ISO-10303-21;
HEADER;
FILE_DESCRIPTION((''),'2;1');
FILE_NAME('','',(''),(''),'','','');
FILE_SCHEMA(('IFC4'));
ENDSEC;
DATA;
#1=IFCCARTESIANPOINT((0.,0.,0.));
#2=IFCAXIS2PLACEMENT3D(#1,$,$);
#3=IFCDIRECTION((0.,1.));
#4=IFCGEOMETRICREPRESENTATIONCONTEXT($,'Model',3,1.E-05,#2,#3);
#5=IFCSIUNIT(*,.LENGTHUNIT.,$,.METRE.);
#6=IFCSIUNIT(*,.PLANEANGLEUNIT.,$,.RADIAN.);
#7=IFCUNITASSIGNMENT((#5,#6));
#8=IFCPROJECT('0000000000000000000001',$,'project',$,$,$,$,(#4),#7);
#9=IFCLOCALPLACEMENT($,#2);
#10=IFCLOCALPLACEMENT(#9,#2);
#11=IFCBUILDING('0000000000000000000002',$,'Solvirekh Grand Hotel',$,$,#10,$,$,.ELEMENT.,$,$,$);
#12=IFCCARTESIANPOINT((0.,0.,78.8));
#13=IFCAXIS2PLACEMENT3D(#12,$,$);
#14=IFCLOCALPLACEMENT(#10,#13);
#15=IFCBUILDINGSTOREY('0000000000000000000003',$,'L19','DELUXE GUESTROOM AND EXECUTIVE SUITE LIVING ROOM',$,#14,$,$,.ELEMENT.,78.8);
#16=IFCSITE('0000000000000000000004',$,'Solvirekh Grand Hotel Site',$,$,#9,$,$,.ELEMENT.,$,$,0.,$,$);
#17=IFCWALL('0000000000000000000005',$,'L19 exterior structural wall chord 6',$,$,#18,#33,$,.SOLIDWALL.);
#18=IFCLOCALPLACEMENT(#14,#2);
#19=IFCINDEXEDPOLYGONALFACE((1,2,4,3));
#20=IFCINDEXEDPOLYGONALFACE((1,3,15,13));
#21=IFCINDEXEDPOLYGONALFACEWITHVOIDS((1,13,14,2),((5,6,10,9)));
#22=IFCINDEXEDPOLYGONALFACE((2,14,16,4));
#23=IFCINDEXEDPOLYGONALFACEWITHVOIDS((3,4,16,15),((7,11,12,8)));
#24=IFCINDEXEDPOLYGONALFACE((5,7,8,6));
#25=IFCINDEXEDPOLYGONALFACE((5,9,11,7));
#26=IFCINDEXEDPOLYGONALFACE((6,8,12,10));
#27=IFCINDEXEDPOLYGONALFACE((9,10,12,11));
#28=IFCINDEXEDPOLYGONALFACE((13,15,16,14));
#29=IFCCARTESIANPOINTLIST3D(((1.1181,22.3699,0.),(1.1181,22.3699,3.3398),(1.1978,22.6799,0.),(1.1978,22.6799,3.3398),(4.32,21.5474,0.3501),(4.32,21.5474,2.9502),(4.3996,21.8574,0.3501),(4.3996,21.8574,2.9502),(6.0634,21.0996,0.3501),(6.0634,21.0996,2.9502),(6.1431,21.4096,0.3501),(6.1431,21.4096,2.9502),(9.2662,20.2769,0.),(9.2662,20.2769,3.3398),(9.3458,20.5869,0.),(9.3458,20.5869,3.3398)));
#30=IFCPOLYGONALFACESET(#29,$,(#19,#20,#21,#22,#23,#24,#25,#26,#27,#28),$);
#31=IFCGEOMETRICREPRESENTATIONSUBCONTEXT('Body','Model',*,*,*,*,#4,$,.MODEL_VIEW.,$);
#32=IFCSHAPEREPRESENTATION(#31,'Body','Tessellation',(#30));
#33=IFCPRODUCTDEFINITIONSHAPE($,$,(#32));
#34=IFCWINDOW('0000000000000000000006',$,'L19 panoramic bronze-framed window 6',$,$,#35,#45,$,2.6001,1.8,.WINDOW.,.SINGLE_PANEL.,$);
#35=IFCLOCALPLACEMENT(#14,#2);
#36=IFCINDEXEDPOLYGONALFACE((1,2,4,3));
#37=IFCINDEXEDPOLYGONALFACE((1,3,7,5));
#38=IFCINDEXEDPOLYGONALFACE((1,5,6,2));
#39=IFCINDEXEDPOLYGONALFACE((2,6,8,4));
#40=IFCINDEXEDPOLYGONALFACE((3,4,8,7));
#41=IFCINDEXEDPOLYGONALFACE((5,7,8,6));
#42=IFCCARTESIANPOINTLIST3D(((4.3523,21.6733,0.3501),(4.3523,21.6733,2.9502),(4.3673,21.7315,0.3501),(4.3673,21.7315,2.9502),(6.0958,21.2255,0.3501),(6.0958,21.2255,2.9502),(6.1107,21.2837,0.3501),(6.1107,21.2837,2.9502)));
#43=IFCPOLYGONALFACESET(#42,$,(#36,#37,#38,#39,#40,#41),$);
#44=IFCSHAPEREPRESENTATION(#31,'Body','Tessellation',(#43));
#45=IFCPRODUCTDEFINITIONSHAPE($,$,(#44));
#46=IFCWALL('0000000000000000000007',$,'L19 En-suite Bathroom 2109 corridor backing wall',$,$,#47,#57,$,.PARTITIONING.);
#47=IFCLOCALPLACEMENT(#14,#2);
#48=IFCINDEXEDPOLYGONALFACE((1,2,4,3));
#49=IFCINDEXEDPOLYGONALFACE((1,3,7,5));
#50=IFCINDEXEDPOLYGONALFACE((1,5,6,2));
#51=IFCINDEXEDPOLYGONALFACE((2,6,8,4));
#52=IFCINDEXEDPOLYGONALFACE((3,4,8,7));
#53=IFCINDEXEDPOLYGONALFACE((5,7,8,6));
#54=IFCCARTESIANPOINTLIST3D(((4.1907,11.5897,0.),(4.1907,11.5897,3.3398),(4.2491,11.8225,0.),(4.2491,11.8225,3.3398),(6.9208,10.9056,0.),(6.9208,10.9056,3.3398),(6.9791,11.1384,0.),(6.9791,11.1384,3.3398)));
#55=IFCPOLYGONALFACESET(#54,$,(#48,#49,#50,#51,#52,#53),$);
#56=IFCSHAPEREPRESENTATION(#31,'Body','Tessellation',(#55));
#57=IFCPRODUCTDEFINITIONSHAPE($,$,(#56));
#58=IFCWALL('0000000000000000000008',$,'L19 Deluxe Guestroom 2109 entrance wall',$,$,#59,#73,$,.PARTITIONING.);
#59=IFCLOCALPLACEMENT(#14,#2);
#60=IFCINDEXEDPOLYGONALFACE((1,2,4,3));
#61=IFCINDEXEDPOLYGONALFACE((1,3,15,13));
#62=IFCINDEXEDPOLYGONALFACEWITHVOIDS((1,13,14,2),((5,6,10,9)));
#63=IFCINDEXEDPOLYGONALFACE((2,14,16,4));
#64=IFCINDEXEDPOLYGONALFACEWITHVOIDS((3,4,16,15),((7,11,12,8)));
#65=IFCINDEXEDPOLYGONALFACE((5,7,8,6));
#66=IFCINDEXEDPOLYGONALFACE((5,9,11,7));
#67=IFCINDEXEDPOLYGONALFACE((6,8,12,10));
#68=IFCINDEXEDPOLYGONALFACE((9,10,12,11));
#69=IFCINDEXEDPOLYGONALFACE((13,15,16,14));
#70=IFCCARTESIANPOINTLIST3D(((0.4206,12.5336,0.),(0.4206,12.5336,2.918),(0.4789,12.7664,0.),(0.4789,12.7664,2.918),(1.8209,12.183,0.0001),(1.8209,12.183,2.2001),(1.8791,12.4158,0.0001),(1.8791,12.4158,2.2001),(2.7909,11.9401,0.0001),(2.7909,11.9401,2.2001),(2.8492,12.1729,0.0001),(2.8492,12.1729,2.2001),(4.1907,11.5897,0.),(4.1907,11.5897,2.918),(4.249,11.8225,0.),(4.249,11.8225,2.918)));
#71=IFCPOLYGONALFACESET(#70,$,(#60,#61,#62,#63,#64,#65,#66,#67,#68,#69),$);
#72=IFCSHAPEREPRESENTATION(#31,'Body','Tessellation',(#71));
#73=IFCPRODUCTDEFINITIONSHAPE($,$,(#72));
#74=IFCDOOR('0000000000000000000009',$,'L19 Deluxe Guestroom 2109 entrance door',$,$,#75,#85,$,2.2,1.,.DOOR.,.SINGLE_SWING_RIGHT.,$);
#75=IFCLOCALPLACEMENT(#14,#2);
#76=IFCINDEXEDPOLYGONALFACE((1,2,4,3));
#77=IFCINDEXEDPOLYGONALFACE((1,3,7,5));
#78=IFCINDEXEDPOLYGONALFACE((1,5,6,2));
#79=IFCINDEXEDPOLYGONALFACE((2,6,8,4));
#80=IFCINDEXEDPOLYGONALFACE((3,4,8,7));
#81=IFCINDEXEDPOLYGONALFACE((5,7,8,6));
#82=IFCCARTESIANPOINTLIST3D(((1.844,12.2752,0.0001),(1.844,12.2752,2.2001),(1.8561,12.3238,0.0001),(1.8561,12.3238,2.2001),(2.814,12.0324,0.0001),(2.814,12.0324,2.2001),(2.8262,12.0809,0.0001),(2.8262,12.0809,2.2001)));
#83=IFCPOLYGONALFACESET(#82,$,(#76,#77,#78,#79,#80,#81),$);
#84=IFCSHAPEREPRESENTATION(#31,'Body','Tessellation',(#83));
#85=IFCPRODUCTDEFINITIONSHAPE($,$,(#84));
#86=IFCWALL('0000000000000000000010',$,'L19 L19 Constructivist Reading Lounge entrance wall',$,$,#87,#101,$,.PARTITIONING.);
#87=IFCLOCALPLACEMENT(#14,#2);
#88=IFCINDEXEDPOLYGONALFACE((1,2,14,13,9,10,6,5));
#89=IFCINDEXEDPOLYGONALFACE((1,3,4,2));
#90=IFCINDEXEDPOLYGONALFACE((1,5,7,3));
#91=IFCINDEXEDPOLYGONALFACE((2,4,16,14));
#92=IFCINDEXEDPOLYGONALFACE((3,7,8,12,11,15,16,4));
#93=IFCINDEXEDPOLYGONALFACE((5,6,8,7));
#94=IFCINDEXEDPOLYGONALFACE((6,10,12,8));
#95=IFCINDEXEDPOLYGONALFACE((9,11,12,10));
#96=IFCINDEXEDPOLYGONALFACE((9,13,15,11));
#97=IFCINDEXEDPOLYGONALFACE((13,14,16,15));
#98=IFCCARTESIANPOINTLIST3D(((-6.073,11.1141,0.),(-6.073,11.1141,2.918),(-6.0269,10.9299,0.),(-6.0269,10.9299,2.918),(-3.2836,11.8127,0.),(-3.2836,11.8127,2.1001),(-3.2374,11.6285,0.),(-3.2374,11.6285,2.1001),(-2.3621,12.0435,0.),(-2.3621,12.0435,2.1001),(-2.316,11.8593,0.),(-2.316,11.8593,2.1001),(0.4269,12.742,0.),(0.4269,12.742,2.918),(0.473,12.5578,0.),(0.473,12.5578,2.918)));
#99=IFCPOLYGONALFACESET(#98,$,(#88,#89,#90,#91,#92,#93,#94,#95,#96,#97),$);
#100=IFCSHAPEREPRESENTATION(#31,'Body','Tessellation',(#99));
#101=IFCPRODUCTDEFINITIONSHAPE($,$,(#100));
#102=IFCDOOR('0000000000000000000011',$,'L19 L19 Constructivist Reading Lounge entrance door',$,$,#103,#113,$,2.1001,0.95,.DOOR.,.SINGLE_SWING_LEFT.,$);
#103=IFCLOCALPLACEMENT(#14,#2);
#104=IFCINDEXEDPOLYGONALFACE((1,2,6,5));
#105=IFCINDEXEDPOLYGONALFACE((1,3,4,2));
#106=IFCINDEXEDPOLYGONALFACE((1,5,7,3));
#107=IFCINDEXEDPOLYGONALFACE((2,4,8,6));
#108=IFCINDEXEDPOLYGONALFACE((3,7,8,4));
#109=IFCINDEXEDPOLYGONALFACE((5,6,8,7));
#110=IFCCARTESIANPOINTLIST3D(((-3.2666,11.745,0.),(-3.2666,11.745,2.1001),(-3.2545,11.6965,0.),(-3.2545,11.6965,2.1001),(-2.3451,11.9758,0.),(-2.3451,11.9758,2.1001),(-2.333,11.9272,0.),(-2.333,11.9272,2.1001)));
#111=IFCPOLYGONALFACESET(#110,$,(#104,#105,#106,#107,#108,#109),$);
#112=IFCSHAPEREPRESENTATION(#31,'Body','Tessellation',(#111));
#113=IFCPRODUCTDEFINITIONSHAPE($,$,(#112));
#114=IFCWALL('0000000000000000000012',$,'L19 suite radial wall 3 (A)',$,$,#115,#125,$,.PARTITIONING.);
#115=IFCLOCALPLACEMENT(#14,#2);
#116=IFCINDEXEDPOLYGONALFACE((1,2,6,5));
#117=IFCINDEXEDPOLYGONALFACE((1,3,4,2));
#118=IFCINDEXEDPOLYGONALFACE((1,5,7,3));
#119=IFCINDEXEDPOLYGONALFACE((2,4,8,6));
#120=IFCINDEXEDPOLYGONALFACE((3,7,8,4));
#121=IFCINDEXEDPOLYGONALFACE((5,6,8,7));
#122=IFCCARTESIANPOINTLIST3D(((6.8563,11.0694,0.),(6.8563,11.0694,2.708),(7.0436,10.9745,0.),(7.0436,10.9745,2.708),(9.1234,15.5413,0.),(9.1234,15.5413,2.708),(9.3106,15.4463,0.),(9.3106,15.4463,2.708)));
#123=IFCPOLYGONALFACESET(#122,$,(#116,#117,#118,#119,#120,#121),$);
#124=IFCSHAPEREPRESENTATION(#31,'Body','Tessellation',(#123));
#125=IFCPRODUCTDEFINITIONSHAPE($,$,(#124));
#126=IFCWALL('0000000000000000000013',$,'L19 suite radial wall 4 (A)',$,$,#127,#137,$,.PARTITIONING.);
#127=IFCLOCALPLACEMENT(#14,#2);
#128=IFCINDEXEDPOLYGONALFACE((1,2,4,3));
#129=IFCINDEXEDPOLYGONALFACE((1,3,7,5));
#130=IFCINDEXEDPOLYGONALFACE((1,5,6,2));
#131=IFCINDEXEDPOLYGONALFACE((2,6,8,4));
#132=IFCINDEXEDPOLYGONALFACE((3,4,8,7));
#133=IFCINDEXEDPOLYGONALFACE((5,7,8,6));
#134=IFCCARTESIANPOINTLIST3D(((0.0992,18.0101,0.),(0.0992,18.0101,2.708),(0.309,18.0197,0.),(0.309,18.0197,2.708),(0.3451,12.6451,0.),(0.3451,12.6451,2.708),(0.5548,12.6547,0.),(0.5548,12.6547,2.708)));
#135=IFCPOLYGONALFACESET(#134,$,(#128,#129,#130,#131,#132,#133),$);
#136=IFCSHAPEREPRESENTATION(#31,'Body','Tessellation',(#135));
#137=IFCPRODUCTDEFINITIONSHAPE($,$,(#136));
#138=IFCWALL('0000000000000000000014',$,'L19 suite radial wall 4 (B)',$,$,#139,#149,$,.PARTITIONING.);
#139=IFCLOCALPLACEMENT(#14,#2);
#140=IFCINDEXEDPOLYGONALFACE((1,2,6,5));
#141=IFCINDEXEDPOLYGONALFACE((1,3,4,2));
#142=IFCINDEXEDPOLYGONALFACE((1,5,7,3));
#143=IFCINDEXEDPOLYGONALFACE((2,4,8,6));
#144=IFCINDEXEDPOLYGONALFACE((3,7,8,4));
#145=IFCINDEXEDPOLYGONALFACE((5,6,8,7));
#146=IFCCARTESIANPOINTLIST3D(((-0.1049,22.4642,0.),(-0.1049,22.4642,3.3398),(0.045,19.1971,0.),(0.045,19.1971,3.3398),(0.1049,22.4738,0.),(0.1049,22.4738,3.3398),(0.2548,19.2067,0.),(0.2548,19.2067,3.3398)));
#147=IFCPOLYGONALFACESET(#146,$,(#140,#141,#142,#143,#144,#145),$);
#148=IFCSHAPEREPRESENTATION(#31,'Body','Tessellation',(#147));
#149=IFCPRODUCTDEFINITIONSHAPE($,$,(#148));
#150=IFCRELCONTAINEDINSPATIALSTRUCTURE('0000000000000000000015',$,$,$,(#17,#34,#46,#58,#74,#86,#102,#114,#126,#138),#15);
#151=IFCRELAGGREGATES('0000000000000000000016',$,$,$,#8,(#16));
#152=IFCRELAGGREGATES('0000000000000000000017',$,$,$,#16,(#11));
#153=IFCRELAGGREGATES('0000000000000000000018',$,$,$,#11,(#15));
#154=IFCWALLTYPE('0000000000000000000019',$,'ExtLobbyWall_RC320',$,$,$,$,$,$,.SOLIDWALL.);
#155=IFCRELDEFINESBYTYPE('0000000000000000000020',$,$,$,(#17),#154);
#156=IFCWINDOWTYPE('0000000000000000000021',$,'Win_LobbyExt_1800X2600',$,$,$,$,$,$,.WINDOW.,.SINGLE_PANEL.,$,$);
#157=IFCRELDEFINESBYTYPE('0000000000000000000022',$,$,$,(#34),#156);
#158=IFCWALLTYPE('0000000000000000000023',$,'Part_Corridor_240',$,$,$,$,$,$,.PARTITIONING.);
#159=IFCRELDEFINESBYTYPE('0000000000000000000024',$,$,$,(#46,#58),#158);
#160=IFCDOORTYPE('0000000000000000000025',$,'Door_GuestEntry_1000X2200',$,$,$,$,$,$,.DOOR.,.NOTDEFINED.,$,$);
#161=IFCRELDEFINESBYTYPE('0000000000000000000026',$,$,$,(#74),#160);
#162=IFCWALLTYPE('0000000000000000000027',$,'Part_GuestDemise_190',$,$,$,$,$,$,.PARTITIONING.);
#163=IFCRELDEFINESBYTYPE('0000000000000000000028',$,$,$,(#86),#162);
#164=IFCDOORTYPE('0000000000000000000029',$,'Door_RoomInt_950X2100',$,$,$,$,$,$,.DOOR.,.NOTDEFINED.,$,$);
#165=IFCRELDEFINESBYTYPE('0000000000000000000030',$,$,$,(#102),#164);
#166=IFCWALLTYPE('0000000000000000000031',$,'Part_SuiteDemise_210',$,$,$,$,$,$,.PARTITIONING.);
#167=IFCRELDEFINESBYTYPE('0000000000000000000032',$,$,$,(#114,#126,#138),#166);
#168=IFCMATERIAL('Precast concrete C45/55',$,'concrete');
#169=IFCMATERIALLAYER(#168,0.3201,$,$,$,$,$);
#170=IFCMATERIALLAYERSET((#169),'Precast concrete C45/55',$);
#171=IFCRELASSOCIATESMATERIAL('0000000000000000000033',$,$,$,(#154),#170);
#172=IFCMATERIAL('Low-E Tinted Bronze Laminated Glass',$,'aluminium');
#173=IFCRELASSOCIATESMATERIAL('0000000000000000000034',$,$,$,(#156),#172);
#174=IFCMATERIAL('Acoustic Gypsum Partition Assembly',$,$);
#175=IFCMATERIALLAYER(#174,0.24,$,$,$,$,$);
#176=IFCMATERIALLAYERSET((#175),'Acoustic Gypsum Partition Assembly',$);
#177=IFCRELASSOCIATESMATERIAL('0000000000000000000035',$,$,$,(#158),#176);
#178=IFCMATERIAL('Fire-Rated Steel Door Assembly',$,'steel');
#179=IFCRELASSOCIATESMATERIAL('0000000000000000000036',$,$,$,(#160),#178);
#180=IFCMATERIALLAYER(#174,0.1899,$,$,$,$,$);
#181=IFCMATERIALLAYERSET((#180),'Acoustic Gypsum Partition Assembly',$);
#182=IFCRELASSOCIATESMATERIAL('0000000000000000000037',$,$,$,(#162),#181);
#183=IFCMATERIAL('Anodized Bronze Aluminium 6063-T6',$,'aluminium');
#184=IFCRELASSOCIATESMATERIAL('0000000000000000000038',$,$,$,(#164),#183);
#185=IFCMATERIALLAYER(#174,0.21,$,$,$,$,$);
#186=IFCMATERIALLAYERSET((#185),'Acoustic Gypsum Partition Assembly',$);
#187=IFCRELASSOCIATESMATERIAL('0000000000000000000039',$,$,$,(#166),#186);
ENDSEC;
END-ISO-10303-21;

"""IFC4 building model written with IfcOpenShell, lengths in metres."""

from ifc_helpers import new_model, si_unit, direction, frame, frame_2d, origin, place, context, subcontext, project, spatial, rectangle, extrude, material, layer, layer_set, type_object, element, fill, save


model = new_model("IFC4")

# Units and contexts
model_context = context("Model", 3, precision=1e-05, world=origin(), true_north=direction((0.0, 1.0)))
body_context = subcontext(model_context, "Body", "Model", "MODEL_VIEW")
ifc_project = project(units=[si_unit("LENGTHUNIT", "METRE"), si_unit("PLANEANGLEUNIT", "RADIAN")], contexts=[model_context])

# Site, building, storey
site_placement = place(None, origin())
site = spatial("IfcSite", under=ifc_project, at=site_placement, Name="Solvirekh Grand Hotel Site", CompositionType="ELEMENT", RefElevation=0.0)
building_placement = place(site_placement, origin())
building = spatial("IfcBuilding", under=site, at=building_placement, Name="Solvirekh Grand Hotel", CompositionType="ELEMENT")
storey_placement = place(building_placement, frame((0.0, 0.0, 78.8)))
storey = spatial("IfcBuildingStorey", under=building, at=storey_placement, Name="L19", Description="DELUXE GUESTROOM AND EXECUTIVE SUITE LIVING ROOM", CompositionType="ELEMENT", Elevation=78.8)

# Shared definitions
ifc_material_1 = material(Name="Anodized Bronze Aluminium 6063-T6", Category="aluminium")

# Wall, opening, window
ifc_material_2 = material(Name="Precast concrete C45/55", Category="concrete")
ifc_layer_1 = layer(ifc_material_2, 0.3201)
ifc_layer_set_1 = layer_set([ifc_layer_1], Name="Precast concrete C45/55")
wall_type_1 = type_object("IfcWallType", Name="ExtLobbyWall_RC320", PredefinedType="SOLIDWALL", material=ifc_layer_set_1)
wall_1_placement = place(storey_placement, frame((1.158, 22.5249, 0.0), z_axis=(0.0, 0.0, 1.0), x_axis=(0.968555, -0.248799, 0.0)))
wall_1 = element("IfcWall", 1, at=wall_1_placement, inside=storey, type_object=wall_type_1, Name="L19 exterior structural wall chord 6", PredefinedType="SOLIDWALL", context=body_context, shape_type="SweptSolid", body=[
    extrude(rectangle(XDim=8.4126, YDim=0.3201, at=frame_2d((4.2063, 0.0))), origin(), (0.0, 0.0, 1.0), 3.3398),
])
opening_1_placement = place(wall_1_placement, frame((3.3059, 0.0, 0.3501)))
opening_1 = element("IfcOpeningElement", 2, at=opening_1_placement, cuts=wall_1, PredefinedType="OPENING", context=body_context, shape_type="SweptSolid", body=[
    extrude(rectangle(XDim=1.8, YDim=2.6001, at=frame_2d((0.8999, 1.3))), frame((0.0, 0.1699, 0.0), z_axis=(0.0, -1.0, 0.0), x_axis=(1.0, 0.0, 0.0)), (0.0, 0.0, 1.0), 0.3401),
])
ifc_material_3 = material(Name="Low-E Tinted Bronze Laminated Glass", Category="aluminium")
window_type = type_object("IfcWindowType", Name="Win_LobbyExt_1800X2600", PartitioningType="SINGLE_PANEL", PredefinedType="WINDOW", material=ifc_material_3)
window_placement = place(opening_1_placement, origin())
window = element("IfcWindow", 3, at=window_placement, inside=storey, type_object=window_type, Name="L19 panoramic bronze-framed window 6", OverallHeight=2.6001, OverallWidth=1.8, PartitioningType="SINGLE_PANEL", PredefinedType="WINDOW", context=body_context, shape_type="SweptSolid", body=[
    extrude(rectangle(XDim=1.8, YDim=2.6001, at=frame_2d((0.8999, 1.3))), frame((0.0, 0.03, 0.0), z_axis=(0.0, -1.0, 0.0), x_axis=(1.0, 0.0, 0.0)), (0.0, 0.0, 1.0), 0.0601),
])
fill(opening_1, window)

# Wall
ifc_material_4 = material(Name="Acoustic Gypsum Partition Assembly")
ifc_layer_2 = layer(ifc_material_4, 0.24)
ifc_layer_set_2 = layer_set([ifc_layer_2], Name="Acoustic Gypsum Partition Assembly")
wall_type_2 = type_object("IfcWallType", Name="Part_Corridor_240", PredefinedType="PARTITIONING", material=ifc_layer_set_2)
wall_2_placement = place(storey_placement, frame((6.95, 11.022, 0.0), z_axis=(0.0, 0.0, 1.0), x_axis=(-0.97001, 0.243066, 0.0)))
element("IfcWall", 4, at=wall_2_placement, inside=storey, type_object=wall_type_2, Name="L19 En-suite Bathroom 2109 corridor backing wall", PredefinedType="PARTITIONING", context=body_context, shape_type="SweptSolid", body=[
    extrude(rectangle(XDim=2.8145, YDim=0.24, at=frame_2d((1.4072, 0.0))), origin(), (0.0, 0.0, 1.0), 3.3398),
])

# Walls, openings, doors
wall_3_placement = place(storey_placement, frame((4.22, 11.7061, 0.0), z_axis=(0.0, 0.0, 1.0), x_axis=(-0.970061, 0.242861, 0.0)))
wall_3 = element("IfcWall", 5, at=wall_3_placement, inside=storey, type_object=wall_type_2, Name="L19 Deluxe Guestroom 2109 entrance wall", PredefinedType="PARTITIONING", context=body_context, shape_type="SweptSolid", body=[
    extrude(rectangle(XDim=3.8865, YDim=0.24, at=frame_2d((1.9434, 0.0))), origin(), (0.0, 0.0, 1.0), 2.918),
])
opening_2_placement = place(wall_3_placement, frame((1.4431, 0.0, 0.0)))
opening_2 = element("IfcOpeningElement", 6, at=opening_2_placement, cuts=wall_3, PredefinedType="OPENING", context=body_context, shape_type="SweptSolid", body=[
    extrude(rectangle(XDim=1.0, YDim=2.2, at=frame_2d((0.5, 1.1001))), frame((0.0, 0.1299, 0.0), z_axis=(0.0, -1.0, 0.0), x_axis=(1.0, 0.0, 0.0)), (0.0, 0.0, 1.0), 0.26),
])
ifc_material_5 = material(Name="Fire-Rated Steel Door Assembly", Category="steel")
door_type_1 = type_object("IfcDoorType", Name="Door_GuestEntry_1000X2200", OperationType="NOTDEFINED", PredefinedType="DOOR", material=ifc_material_5)
door_1_placement = place(opening_2_placement, origin())
door_1 = element("IfcDoor", 7, at=door_1_placement, inside=storey, type_object=door_type_1, Name="L19 Deluxe Guestroom 2109 entrance door", OperationType="SINGLE_SWING_RIGHT", OverallHeight=2.2, OverallWidth=1.0, PredefinedType="DOOR", context=body_context, shape_type="SweptSolid", body=[
    extrude(rectangle(XDim=1.0, YDim=2.2, at=frame_2d((0.5, 1.1001))), frame((0.0, 0.0249, 0.0), z_axis=(0.0, -1.0, 0.0), x_axis=(1.0, 0.0, 0.0)), (0.0, 0.0, 1.0), 0.05),
])
fill(opening_2, door_1)
ifc_layer_3 = layer(ifc_material_4, 0.1899)
ifc_layer_set_3 = layer_set([ifc_layer_3], Name="Acoustic Gypsum Partition Assembly")
wall_type_3 = type_object("IfcWallType", Name="Part_GuestDemise_190", PredefinedType="PARTITIONING", material=ifc_layer_set_3)
wall_4_placement = place(storey_placement, frame((0.45, 12.6499, 0.0), z_axis=(0.0, 0.0, 1.0), x_axis=(-0.97004, -0.242947, 0.0)))
wall_4 = element("IfcWall", 8, at=wall_4_placement, inside=storey, type_object=wall_type_3, Name="L19 L19 Constructivist Reading Lounge entrance wall", PredefinedType="PARTITIONING", context=body_context, shape_type="SweptSolid", body=[
    extrude(rectangle(XDim=6.7007, YDim=0.1899, at=frame_2d((3.3503, 0.0))), origin(), (0.0, 0.0, 1.0), 2.918),
])
opening_3_placement = place(wall_4_placement, frame((2.875, 0.0, 0.0)))
opening_3 = element("IfcOpeningElement", 9, at=opening_3_placement, cuts=wall_4, PredefinedType="OPENING", context=body_context, shape_type="SweptSolid", body=[
    extrude(rectangle(XDim=0.95, YDim=2.1001, at=frame_2d((0.4751, 1.05))), frame((0.0, 0.105, 0.0), z_axis=(0.0, -1.0, 0.0), x_axis=(1.0, 0.0, 0.0)), (0.0, 0.0, 1.0), 0.21),
])
door_type_2 = type_object("IfcDoorType", Name="Door_RoomInt_950X2100", OperationType="NOTDEFINED", PredefinedType="DOOR", material=ifc_material_1)
door_2_placement = place(opening_3_placement, origin())
door_2 = element("IfcDoor", 10, at=door_2_placement, inside=storey, type_object=door_type_2, Name="L19 L19 Constructivist Reading Lounge entrance door", OperationType="SINGLE_SWING_LEFT", OverallHeight=2.1001, OverallWidth=0.95, PredefinedType="DOOR", context=body_context, shape_type="SweptSolid", body=[
    extrude(rectangle(XDim=0.95, YDim=2.1001, at=frame_2d((0.4751, 1.05))), frame((0.0, 0.0249, 0.0), z_axis=(0.0, -1.0, 0.0), x_axis=(1.0, 0.0, 0.0)), (0.0, 0.0, 1.0), 0.05),
])
fill(opening_3, door_2)

# Walls
ifc_layer_4 = layer(ifc_material_4, 0.21)
ifc_layer_set_4 = layer_set([ifc_layer_4], Name="Acoustic Gypsum Partition Assembly")
wall_type_4 = type_object("IfcWallType", Name="Part_SuiteDemise_210", PredefinedType="PARTITIONING", material=ifc_layer_set_4)
wall_5_placement = place(storey_placement, frame((6.95, 11.022, 0.0), z_axis=(0.0, 0.0, 1.0), x_axis=(0.452173, 0.89193, 0.0)))
element("IfcWall", 11, at=wall_5_placement, inside=storey, type_object=wall_type_4, Name="L19 suite radial wall 3 (A)", PredefinedType="PARTITIONING", context=body_context, shape_type="SweptSolid", body=[
    extrude(rectangle(XDim=5.0137, YDim=0.21, at=frame_2d((2.5068, 0.0))), origin(), (0.0, 0.0, 1.0), 2.708),
])
wall_6_placement = place(storey_placement, frame((0.45, 12.6499, 0.0), z_axis=(0.0, 0.0, 1.0), x_axis=(-0.045777, 0.998952, 0.0)))
element("IfcWall", 12, at=wall_6_placement, inside=storey, type_object=wall_type_4, Name="L19 suite radial wall 4 (A)", PredefinedType="PARTITIONING", context=body_context, shape_type="SweptSolid", body=[
    extrude(rectangle(XDim=5.3706, YDim=0.21, at=frame_2d((2.6853, 0.0))), origin(), (0.0, 0.0, 1.0), 2.708),
])
wall_7_placement = place(storey_placement, frame((0.1499, 19.2019, 0.0), z_axis=(0.0, 0.0, 1.0), x_axis=(-0.045834, 0.998949, 0.0)))
element("IfcWall", 13, at=wall_7_placement, inside=storey, type_object=wall_type_4, Name="L19 suite radial wall 4 (B)", PredefinedType="PARTITIONING", context=body_context, shape_type="SweptSolid", body=[
    extrude(rectangle(XDim=3.2705, YDim=0.21, at=frame_2d((1.6353, 0.0))), origin(), (0.0, 0.0, 1.0), 3.3398),
])

save(model, "model.ifc")
